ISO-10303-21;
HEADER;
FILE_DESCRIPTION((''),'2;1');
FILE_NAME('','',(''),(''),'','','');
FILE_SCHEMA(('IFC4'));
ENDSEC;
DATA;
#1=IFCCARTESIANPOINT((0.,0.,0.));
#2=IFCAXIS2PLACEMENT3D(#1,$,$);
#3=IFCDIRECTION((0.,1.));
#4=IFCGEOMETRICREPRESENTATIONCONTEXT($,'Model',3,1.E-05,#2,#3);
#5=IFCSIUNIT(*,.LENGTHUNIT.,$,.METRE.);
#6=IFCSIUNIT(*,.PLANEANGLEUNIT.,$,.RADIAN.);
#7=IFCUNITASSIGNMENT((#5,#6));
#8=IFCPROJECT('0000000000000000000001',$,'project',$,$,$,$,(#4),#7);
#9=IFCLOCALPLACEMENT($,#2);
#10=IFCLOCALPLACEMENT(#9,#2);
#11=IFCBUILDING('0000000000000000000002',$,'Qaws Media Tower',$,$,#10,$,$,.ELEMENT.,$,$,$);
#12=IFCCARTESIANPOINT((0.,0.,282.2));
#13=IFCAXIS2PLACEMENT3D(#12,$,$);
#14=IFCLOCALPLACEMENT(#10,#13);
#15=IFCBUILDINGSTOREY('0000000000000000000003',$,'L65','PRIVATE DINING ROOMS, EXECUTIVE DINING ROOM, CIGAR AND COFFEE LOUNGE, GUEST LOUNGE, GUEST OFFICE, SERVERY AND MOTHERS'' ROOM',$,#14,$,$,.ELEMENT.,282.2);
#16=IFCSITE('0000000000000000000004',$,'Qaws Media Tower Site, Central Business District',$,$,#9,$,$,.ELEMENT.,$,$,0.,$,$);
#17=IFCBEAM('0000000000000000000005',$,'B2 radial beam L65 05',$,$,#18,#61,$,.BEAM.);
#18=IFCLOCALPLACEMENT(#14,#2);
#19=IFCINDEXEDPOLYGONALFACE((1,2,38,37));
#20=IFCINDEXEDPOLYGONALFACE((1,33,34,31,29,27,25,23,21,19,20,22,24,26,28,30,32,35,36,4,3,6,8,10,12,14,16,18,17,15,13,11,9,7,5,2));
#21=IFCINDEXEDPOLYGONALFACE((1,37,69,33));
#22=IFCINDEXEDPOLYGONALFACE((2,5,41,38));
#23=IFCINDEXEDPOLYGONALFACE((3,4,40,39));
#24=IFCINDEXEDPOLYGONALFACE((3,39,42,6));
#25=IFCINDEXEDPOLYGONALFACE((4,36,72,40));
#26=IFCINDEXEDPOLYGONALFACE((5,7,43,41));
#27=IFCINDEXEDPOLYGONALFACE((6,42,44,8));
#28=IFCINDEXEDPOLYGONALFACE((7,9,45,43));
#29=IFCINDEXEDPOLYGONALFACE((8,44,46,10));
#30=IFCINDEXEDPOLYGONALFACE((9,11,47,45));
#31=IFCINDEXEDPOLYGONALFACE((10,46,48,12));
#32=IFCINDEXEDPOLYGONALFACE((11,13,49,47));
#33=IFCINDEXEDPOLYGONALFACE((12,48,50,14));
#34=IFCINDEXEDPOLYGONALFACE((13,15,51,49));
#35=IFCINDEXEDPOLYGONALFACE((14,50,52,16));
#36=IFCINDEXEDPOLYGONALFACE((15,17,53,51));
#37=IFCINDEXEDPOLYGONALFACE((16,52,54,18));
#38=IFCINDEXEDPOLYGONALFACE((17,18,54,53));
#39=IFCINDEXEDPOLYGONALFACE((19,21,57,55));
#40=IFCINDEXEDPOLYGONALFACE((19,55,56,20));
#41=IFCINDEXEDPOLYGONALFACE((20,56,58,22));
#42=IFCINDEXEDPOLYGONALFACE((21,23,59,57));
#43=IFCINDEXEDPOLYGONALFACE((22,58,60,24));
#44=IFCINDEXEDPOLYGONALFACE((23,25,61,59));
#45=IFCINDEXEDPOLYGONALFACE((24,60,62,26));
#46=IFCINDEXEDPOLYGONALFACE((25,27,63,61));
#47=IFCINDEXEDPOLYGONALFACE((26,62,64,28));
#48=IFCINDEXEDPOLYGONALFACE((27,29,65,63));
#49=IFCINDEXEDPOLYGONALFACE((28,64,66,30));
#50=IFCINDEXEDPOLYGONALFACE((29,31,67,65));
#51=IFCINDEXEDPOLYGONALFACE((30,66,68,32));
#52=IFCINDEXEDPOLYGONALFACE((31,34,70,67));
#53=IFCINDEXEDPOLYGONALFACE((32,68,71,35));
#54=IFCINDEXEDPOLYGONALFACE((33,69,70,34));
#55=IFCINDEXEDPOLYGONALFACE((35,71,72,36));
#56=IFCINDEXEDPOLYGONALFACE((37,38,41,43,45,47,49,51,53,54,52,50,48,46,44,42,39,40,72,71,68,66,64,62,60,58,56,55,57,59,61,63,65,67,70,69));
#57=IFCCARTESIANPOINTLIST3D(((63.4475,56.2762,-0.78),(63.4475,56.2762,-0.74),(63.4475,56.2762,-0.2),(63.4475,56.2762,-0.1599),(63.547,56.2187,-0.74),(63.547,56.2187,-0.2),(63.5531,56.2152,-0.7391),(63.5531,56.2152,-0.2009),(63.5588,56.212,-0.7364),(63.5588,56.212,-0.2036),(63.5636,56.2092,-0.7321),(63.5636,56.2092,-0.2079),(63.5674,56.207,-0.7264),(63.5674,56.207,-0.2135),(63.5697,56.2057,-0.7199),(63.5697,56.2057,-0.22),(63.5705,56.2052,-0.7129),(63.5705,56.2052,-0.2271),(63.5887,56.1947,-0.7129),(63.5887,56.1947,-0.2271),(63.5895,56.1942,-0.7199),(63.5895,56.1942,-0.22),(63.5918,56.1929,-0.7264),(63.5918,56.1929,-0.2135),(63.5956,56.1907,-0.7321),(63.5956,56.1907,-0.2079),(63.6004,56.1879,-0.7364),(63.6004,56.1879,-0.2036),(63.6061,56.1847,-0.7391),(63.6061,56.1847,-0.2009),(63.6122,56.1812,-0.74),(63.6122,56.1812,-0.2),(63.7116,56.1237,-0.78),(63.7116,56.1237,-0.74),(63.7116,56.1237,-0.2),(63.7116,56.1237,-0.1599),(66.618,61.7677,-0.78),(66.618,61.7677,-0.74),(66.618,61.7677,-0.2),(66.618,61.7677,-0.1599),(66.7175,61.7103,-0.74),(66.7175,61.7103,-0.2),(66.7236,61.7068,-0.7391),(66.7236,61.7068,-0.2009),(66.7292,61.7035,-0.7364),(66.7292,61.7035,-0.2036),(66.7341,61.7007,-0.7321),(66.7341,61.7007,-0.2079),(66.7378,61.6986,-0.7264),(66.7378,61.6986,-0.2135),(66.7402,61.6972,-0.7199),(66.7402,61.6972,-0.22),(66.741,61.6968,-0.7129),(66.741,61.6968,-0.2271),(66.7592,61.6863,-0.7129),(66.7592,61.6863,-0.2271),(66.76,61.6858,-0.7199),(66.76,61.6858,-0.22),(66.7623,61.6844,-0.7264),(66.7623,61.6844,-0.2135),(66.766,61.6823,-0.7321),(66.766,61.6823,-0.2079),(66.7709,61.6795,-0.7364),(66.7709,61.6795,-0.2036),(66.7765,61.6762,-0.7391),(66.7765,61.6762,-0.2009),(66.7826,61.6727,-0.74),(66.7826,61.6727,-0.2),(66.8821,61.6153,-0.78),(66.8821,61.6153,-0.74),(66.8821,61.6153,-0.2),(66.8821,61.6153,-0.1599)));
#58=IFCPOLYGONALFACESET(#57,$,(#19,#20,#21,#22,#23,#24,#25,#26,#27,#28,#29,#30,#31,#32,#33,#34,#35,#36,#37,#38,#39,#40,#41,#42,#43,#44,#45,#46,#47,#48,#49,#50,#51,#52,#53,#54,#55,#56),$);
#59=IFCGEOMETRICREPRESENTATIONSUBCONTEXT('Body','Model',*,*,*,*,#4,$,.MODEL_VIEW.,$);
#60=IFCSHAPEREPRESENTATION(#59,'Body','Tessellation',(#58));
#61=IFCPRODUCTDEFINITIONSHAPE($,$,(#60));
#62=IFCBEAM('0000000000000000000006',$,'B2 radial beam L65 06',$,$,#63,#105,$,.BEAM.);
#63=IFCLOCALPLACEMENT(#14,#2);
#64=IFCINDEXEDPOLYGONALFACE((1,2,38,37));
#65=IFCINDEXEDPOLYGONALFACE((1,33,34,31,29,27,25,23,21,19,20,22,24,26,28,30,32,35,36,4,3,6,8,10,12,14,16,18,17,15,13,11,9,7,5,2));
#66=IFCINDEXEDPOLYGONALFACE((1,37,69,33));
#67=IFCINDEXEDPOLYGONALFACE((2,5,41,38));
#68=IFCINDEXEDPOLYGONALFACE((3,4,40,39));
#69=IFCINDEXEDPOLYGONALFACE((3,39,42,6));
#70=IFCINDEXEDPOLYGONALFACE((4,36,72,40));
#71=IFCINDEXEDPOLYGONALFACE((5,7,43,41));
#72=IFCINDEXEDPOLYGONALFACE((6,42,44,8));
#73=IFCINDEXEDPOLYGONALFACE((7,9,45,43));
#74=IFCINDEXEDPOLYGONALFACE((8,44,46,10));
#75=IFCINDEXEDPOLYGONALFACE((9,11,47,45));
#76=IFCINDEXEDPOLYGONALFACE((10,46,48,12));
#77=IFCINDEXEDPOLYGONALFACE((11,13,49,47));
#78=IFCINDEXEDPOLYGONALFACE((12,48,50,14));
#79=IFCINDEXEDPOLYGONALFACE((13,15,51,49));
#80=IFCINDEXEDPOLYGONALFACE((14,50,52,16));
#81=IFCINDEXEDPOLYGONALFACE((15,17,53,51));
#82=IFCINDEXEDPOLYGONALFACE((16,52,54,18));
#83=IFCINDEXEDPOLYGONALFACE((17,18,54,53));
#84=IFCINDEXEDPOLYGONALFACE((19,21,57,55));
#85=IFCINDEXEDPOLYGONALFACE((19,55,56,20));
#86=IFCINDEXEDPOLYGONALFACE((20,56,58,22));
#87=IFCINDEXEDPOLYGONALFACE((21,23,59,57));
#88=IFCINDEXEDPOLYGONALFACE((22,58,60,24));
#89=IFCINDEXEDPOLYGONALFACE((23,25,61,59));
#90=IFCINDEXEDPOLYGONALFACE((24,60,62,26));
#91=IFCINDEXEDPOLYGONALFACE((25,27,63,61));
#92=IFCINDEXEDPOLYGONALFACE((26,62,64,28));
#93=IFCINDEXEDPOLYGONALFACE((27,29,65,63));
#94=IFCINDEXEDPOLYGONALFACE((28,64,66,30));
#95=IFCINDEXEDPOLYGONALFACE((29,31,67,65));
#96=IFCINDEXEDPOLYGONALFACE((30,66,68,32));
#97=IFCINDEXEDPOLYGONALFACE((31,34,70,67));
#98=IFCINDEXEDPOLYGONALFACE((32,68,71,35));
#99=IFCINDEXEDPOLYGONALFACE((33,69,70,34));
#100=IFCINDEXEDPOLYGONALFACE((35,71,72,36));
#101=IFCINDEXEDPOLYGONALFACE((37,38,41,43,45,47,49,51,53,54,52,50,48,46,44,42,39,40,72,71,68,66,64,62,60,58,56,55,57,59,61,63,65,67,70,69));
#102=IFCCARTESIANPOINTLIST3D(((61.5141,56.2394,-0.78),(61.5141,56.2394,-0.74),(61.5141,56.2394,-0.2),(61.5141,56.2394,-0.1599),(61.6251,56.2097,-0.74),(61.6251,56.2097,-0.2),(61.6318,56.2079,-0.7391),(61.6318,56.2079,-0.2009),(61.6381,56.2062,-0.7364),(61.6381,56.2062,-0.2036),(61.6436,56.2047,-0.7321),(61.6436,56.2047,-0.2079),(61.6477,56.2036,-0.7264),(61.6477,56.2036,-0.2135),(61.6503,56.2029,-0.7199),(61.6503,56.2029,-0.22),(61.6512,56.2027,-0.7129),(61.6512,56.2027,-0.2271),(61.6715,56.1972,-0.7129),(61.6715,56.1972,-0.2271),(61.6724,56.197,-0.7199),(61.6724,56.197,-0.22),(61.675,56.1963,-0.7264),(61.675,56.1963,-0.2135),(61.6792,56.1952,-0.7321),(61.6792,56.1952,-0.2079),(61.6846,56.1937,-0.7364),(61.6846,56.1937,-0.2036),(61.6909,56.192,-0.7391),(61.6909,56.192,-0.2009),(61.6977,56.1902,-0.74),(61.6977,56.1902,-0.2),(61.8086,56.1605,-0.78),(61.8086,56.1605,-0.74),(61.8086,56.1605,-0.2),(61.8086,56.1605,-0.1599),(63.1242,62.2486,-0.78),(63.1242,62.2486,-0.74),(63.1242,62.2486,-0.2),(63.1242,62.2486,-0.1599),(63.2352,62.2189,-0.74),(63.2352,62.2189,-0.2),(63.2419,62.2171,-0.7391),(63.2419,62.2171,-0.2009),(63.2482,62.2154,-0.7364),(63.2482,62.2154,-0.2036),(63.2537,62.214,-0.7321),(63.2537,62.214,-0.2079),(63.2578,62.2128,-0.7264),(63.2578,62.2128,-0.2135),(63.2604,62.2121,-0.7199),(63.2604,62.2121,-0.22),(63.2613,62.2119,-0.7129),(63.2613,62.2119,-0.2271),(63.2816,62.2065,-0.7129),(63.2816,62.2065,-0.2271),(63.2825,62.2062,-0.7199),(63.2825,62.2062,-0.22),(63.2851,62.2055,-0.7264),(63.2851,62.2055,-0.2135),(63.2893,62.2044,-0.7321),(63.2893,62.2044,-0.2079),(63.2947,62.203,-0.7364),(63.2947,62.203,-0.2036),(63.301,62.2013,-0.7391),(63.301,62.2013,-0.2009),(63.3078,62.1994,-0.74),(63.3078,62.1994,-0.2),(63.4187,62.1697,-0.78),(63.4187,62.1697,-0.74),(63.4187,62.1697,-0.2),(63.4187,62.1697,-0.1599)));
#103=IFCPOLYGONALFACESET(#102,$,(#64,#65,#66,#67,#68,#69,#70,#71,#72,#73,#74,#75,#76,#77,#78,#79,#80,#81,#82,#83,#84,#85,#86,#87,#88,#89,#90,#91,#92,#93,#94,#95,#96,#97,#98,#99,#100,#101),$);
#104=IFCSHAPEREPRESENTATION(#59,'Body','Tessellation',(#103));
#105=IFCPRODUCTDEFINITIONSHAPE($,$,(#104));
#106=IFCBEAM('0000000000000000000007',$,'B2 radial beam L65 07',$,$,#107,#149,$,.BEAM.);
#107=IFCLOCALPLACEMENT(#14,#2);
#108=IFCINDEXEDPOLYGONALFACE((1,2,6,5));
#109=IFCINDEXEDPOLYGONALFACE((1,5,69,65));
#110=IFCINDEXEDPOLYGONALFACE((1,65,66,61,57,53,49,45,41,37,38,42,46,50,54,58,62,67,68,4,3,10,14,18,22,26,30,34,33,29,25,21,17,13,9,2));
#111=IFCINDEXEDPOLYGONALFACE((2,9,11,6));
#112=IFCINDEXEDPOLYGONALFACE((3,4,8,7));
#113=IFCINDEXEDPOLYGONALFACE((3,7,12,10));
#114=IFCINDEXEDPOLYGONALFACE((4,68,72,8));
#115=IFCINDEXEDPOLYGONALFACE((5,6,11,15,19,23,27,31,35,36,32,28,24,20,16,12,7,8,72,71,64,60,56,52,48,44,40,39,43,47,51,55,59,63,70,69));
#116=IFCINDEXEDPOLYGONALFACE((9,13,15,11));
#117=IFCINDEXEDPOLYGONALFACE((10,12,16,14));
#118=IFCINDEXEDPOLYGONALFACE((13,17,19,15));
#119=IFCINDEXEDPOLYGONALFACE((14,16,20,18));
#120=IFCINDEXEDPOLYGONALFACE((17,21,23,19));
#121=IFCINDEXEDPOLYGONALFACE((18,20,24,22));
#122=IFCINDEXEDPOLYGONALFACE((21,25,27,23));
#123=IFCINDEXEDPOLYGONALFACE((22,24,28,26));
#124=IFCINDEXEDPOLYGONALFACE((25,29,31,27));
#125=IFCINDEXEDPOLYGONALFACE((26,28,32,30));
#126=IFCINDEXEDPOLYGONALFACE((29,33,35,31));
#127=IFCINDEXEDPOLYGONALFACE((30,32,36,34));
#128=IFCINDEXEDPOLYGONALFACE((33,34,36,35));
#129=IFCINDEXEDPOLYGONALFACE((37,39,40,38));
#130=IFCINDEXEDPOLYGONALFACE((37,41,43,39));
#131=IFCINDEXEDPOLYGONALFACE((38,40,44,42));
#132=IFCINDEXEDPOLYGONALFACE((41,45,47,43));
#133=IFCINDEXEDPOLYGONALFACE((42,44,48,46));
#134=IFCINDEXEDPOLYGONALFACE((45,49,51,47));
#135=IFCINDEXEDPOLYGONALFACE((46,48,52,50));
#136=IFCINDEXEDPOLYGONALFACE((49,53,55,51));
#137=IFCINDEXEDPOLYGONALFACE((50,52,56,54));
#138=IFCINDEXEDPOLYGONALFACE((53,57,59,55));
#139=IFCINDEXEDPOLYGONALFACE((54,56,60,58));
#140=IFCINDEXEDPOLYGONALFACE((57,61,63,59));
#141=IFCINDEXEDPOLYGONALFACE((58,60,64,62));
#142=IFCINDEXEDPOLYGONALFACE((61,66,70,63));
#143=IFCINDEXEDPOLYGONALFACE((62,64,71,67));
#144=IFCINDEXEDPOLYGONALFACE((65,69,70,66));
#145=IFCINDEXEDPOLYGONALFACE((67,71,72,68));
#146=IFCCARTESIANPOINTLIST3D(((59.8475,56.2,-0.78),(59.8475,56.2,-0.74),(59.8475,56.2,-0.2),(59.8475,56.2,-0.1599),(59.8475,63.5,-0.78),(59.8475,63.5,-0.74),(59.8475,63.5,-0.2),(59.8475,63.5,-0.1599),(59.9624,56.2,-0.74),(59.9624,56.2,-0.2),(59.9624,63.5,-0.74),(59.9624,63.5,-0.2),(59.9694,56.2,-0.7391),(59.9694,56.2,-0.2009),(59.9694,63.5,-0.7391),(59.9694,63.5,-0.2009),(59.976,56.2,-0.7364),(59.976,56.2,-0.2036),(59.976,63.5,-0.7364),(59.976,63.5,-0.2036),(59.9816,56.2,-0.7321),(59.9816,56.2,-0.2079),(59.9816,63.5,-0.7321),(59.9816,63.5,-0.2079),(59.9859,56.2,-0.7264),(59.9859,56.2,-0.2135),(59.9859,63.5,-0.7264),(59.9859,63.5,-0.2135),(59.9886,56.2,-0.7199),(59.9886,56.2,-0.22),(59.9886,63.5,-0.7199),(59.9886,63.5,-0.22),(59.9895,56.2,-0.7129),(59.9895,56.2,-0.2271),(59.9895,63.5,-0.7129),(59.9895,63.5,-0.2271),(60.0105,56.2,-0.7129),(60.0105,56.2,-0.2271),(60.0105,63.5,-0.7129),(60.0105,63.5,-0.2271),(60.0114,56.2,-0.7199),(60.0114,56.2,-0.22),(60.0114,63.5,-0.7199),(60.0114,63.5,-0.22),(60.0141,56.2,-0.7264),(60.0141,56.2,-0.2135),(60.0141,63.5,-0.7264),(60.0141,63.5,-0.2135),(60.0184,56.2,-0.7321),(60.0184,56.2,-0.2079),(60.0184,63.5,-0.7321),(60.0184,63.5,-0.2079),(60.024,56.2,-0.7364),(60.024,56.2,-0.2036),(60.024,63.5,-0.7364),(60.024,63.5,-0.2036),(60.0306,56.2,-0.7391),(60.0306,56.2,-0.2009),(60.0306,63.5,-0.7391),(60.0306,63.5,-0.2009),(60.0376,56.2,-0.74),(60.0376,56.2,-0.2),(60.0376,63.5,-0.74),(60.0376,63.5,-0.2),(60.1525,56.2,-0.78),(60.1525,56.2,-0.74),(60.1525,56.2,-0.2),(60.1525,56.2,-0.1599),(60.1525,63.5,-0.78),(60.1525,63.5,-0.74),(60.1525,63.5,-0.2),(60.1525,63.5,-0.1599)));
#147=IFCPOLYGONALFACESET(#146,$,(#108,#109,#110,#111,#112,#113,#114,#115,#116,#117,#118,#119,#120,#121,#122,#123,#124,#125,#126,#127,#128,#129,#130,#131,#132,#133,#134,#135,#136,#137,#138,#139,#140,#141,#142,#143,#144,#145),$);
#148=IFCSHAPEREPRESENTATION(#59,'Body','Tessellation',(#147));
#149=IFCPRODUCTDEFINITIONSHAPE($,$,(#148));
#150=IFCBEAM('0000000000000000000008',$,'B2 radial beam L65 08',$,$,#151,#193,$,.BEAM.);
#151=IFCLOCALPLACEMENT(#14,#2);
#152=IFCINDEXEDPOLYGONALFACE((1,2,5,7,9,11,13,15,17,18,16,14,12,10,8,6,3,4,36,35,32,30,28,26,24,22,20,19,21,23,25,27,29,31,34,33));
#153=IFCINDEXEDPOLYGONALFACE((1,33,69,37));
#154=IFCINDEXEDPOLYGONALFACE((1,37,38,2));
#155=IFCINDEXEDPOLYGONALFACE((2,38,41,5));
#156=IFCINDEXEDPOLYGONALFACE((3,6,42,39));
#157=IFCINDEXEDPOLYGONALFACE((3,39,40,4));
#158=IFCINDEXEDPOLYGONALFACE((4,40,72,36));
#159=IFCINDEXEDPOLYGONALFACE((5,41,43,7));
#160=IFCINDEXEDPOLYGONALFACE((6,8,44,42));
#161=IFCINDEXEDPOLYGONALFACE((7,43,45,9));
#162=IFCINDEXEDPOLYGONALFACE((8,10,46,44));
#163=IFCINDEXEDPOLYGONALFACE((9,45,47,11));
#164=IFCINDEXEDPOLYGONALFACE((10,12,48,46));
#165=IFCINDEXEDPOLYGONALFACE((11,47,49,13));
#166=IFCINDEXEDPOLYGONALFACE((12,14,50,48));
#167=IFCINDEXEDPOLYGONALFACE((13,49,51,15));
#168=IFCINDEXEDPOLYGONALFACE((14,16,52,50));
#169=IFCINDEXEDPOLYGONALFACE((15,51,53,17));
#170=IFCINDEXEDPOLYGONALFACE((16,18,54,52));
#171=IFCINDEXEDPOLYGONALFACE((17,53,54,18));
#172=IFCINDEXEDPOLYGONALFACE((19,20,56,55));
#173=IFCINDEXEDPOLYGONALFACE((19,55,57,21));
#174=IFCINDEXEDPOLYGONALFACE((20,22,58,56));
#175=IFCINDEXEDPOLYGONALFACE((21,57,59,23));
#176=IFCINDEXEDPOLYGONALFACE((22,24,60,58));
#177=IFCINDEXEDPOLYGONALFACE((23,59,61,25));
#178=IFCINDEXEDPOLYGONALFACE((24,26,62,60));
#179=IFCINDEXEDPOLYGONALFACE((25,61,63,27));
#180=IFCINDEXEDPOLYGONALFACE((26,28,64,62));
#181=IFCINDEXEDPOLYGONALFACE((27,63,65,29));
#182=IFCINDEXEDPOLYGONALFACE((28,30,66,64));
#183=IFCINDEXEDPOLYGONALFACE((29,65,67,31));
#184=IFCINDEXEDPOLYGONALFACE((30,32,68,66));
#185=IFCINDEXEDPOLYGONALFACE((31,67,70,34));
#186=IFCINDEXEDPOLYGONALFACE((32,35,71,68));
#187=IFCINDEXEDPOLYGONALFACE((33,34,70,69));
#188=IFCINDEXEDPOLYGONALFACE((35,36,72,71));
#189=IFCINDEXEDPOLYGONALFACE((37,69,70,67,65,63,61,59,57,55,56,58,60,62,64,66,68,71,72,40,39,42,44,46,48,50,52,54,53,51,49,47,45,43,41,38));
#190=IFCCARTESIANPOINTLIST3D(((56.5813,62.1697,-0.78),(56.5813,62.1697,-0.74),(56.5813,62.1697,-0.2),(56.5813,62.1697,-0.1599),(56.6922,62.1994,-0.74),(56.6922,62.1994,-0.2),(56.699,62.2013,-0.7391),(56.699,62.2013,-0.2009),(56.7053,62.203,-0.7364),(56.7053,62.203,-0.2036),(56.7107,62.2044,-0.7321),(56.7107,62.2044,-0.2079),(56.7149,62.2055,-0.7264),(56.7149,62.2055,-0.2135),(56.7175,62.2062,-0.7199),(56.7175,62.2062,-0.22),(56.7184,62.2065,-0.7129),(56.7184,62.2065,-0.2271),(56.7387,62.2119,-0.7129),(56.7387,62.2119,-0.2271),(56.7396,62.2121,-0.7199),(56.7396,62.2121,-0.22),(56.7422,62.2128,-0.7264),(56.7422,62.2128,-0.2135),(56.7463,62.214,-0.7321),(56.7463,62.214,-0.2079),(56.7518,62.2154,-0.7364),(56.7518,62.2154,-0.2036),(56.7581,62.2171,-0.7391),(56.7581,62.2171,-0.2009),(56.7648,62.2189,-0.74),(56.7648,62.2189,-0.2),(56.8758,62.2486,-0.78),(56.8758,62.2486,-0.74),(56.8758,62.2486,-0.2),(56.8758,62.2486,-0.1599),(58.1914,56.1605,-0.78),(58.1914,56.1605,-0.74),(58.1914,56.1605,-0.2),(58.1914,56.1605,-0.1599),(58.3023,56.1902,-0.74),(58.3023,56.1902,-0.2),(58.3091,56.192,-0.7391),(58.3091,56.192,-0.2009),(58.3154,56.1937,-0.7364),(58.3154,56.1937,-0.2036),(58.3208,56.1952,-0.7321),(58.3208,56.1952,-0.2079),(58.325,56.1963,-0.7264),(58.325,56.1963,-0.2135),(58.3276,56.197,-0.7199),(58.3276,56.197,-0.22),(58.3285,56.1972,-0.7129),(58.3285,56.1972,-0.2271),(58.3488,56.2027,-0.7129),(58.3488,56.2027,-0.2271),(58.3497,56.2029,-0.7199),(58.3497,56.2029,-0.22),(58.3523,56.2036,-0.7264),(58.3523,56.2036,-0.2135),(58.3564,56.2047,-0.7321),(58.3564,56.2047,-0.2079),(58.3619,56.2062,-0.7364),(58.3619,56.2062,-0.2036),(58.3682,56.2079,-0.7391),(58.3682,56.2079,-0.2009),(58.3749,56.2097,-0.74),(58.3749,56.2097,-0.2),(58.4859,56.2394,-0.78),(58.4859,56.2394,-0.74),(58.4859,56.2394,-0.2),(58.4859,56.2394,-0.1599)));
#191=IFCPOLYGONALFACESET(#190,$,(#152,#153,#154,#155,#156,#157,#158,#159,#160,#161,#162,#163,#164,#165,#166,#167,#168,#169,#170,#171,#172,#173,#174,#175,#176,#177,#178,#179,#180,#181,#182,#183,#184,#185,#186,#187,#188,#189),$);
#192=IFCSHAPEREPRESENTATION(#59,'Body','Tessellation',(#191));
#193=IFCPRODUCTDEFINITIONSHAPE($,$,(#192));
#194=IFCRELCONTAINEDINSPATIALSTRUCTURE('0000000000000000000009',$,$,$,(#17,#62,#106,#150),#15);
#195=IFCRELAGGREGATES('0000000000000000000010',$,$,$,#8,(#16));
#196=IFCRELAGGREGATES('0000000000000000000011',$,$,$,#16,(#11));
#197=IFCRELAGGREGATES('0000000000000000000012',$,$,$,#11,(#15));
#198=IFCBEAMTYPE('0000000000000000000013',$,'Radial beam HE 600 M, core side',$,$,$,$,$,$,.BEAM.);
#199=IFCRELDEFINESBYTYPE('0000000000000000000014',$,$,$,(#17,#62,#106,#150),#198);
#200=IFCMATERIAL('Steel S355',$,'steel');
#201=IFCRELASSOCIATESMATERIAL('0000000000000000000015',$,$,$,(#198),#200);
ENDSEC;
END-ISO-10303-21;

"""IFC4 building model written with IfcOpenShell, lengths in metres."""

from ifc_helpers import new_model, si_unit, direction, frame, origin, origin_2d, place, context, subcontext, project, spatial, i_section, extrude, material, material_profile, profile_set, type_object, element, save


model = new_model("IFC4")

# Units and contexts
model_context = context("Model", 3, precision=1e-05, world=origin(), true_north=direction((0.0, 1.0)))
body_context = subcontext(model_context, "Body", "Model", "MODEL_VIEW")
ifc_project = project(units=[si_unit("LENGTHUNIT", "METRE"), si_unit("PLANEANGLEUNIT", "RADIAN")], contexts=[model_context])

# Site, building, storey
site_placement = place(None, origin())
site = spatial("IfcSite", under=ifc_project, at=site_placement, Name="Qaws Media Tower Site, Central Business District", CompositionType="ELEMENT", RefElevation=0.0)
building_placement = place(site_placement, origin())
building = spatial("IfcBuilding", under=site, at=building_placement, Name="Qaws Media Tower", CompositionType="ELEMENT")
storey_placement = place(building_placement, frame((0.0, 0.0, 282.2)))
storey = spatial("IfcBuildingStorey", under=building, at=storey_placement, Name="L65", Description="PRIVATE DINING ROOMS, EXECUTIVE DINING ROOM, CIGAR AND COFFEE LOUNGE, GUEST LOUNGE, GUEST OFFICE, SERVERY AND MOTHERS' ROOM", CompositionType="ELEMENT", Elevation=282.2)

# Beams
ifc_material_1 = material(Name="Steel S355", Category="steel")
ifc_material_profile_1 = material_profile(ifc_material_1, i_section(OverallWidth=0.3049, OverallDepth=0.6201, WebThickness=0.021, FlangeThickness=0.04, FilletRadius=0.0271, at=origin_2d()), Name="HE 600 M")
ifc_profile_set_1 = profile_set([ifc_material_profile_1], Name="Steel S355")
beam_type_1 = type_object("IfcBeamType", Name="Radial beam HE 600 M, core side", PredefinedType="BEAM", material=ifc_profile_set_1)
beam_1_placement = place(storey_placement, frame((63.5796, 56.2, -0.47), z_axis=(0.49999, 0.866031, 0.0), x_axis=(-0.866031, 0.49999, 0.0)))
element("IfcBeam", 1, at=beam_1_placement, inside=storey, type_object=beam_type_1, Name="B2 radial beam L65 05", PredefinedType="BEAM", context=body_context, shape_type="SweptSolid", body=[
    extrude(i_section(OverallWidth=0.3049, OverallDepth=0.6201, WebThickness=0.021, FlangeThickness=0.04, FilletRadius=0.0271, at=origin_2d()), origin(), (0.0, 0.0, 1.0), 6.3411),
])
beam_2_placement = place(storey_placement, frame((61.6614, 56.2, -0.47), z_axis=(0.258808, 0.965929, 0.0), x_axis=(-0.965929, 0.258808, 0.0)))
element("IfcBeam", 2, at=beam_2_placement, inside=storey, type_object=beam_type_1, Name="B2 radial beam L65 06", PredefinedType="BEAM", context=body_context, shape_type="SweptSolid", body=[
    extrude(i_section(OverallWidth=0.3049, OverallDepth=0.6201, WebThickness=0.021, FlangeThickness=0.04, FilletRadius=0.0271, at=origin_2d()), origin(), (0.0, 0.0, 1.0), 6.2212),
])
beam_3_placement = place(storey_placement, frame((60.0, 56.2, -0.47), z_axis=(0.0, 1.0, 0.0), x_axis=(-1.0, 0.0, 0.0)))
element("IfcBeam", 3, at=beam_3_placement, inside=storey, type_object=beam_type_1, Name="B2 radial beam L65 07", PredefinedType="BEAM", context=body_context, shape_type="SweptSolid", body=[
    extrude(i_section(OverallWidth=0.3049, OverallDepth=0.6201, WebThickness=0.021, FlangeThickness=0.04, FilletRadius=0.0271, at=origin_2d()), origin(), (0.0, 0.0, 1.0), 7.3),
])
beam_4_placement = place(storey_placement, frame((58.3386, 56.2, -0.47), z_axis=(-0.258808, 0.965929, 0.0), x_axis=(-0.965929, -0.258808, 0.0)))
element("IfcBeam", 4, at=beam_4_placement, inside=storey, type_object=beam_type_1, Name="B2 radial beam L65 08", PredefinedType="BEAM", context=body_context, shape_type="SweptSolid", body=[
    extrude(i_section(OverallWidth=0.3049, OverallDepth=0.6201, WebThickness=0.021, FlangeThickness=0.04, FilletRadius=0.0271, at=origin_2d()), origin(), (0.0, 0.0, 1.0), 6.2212),
])

save(model, "model.ifc")
